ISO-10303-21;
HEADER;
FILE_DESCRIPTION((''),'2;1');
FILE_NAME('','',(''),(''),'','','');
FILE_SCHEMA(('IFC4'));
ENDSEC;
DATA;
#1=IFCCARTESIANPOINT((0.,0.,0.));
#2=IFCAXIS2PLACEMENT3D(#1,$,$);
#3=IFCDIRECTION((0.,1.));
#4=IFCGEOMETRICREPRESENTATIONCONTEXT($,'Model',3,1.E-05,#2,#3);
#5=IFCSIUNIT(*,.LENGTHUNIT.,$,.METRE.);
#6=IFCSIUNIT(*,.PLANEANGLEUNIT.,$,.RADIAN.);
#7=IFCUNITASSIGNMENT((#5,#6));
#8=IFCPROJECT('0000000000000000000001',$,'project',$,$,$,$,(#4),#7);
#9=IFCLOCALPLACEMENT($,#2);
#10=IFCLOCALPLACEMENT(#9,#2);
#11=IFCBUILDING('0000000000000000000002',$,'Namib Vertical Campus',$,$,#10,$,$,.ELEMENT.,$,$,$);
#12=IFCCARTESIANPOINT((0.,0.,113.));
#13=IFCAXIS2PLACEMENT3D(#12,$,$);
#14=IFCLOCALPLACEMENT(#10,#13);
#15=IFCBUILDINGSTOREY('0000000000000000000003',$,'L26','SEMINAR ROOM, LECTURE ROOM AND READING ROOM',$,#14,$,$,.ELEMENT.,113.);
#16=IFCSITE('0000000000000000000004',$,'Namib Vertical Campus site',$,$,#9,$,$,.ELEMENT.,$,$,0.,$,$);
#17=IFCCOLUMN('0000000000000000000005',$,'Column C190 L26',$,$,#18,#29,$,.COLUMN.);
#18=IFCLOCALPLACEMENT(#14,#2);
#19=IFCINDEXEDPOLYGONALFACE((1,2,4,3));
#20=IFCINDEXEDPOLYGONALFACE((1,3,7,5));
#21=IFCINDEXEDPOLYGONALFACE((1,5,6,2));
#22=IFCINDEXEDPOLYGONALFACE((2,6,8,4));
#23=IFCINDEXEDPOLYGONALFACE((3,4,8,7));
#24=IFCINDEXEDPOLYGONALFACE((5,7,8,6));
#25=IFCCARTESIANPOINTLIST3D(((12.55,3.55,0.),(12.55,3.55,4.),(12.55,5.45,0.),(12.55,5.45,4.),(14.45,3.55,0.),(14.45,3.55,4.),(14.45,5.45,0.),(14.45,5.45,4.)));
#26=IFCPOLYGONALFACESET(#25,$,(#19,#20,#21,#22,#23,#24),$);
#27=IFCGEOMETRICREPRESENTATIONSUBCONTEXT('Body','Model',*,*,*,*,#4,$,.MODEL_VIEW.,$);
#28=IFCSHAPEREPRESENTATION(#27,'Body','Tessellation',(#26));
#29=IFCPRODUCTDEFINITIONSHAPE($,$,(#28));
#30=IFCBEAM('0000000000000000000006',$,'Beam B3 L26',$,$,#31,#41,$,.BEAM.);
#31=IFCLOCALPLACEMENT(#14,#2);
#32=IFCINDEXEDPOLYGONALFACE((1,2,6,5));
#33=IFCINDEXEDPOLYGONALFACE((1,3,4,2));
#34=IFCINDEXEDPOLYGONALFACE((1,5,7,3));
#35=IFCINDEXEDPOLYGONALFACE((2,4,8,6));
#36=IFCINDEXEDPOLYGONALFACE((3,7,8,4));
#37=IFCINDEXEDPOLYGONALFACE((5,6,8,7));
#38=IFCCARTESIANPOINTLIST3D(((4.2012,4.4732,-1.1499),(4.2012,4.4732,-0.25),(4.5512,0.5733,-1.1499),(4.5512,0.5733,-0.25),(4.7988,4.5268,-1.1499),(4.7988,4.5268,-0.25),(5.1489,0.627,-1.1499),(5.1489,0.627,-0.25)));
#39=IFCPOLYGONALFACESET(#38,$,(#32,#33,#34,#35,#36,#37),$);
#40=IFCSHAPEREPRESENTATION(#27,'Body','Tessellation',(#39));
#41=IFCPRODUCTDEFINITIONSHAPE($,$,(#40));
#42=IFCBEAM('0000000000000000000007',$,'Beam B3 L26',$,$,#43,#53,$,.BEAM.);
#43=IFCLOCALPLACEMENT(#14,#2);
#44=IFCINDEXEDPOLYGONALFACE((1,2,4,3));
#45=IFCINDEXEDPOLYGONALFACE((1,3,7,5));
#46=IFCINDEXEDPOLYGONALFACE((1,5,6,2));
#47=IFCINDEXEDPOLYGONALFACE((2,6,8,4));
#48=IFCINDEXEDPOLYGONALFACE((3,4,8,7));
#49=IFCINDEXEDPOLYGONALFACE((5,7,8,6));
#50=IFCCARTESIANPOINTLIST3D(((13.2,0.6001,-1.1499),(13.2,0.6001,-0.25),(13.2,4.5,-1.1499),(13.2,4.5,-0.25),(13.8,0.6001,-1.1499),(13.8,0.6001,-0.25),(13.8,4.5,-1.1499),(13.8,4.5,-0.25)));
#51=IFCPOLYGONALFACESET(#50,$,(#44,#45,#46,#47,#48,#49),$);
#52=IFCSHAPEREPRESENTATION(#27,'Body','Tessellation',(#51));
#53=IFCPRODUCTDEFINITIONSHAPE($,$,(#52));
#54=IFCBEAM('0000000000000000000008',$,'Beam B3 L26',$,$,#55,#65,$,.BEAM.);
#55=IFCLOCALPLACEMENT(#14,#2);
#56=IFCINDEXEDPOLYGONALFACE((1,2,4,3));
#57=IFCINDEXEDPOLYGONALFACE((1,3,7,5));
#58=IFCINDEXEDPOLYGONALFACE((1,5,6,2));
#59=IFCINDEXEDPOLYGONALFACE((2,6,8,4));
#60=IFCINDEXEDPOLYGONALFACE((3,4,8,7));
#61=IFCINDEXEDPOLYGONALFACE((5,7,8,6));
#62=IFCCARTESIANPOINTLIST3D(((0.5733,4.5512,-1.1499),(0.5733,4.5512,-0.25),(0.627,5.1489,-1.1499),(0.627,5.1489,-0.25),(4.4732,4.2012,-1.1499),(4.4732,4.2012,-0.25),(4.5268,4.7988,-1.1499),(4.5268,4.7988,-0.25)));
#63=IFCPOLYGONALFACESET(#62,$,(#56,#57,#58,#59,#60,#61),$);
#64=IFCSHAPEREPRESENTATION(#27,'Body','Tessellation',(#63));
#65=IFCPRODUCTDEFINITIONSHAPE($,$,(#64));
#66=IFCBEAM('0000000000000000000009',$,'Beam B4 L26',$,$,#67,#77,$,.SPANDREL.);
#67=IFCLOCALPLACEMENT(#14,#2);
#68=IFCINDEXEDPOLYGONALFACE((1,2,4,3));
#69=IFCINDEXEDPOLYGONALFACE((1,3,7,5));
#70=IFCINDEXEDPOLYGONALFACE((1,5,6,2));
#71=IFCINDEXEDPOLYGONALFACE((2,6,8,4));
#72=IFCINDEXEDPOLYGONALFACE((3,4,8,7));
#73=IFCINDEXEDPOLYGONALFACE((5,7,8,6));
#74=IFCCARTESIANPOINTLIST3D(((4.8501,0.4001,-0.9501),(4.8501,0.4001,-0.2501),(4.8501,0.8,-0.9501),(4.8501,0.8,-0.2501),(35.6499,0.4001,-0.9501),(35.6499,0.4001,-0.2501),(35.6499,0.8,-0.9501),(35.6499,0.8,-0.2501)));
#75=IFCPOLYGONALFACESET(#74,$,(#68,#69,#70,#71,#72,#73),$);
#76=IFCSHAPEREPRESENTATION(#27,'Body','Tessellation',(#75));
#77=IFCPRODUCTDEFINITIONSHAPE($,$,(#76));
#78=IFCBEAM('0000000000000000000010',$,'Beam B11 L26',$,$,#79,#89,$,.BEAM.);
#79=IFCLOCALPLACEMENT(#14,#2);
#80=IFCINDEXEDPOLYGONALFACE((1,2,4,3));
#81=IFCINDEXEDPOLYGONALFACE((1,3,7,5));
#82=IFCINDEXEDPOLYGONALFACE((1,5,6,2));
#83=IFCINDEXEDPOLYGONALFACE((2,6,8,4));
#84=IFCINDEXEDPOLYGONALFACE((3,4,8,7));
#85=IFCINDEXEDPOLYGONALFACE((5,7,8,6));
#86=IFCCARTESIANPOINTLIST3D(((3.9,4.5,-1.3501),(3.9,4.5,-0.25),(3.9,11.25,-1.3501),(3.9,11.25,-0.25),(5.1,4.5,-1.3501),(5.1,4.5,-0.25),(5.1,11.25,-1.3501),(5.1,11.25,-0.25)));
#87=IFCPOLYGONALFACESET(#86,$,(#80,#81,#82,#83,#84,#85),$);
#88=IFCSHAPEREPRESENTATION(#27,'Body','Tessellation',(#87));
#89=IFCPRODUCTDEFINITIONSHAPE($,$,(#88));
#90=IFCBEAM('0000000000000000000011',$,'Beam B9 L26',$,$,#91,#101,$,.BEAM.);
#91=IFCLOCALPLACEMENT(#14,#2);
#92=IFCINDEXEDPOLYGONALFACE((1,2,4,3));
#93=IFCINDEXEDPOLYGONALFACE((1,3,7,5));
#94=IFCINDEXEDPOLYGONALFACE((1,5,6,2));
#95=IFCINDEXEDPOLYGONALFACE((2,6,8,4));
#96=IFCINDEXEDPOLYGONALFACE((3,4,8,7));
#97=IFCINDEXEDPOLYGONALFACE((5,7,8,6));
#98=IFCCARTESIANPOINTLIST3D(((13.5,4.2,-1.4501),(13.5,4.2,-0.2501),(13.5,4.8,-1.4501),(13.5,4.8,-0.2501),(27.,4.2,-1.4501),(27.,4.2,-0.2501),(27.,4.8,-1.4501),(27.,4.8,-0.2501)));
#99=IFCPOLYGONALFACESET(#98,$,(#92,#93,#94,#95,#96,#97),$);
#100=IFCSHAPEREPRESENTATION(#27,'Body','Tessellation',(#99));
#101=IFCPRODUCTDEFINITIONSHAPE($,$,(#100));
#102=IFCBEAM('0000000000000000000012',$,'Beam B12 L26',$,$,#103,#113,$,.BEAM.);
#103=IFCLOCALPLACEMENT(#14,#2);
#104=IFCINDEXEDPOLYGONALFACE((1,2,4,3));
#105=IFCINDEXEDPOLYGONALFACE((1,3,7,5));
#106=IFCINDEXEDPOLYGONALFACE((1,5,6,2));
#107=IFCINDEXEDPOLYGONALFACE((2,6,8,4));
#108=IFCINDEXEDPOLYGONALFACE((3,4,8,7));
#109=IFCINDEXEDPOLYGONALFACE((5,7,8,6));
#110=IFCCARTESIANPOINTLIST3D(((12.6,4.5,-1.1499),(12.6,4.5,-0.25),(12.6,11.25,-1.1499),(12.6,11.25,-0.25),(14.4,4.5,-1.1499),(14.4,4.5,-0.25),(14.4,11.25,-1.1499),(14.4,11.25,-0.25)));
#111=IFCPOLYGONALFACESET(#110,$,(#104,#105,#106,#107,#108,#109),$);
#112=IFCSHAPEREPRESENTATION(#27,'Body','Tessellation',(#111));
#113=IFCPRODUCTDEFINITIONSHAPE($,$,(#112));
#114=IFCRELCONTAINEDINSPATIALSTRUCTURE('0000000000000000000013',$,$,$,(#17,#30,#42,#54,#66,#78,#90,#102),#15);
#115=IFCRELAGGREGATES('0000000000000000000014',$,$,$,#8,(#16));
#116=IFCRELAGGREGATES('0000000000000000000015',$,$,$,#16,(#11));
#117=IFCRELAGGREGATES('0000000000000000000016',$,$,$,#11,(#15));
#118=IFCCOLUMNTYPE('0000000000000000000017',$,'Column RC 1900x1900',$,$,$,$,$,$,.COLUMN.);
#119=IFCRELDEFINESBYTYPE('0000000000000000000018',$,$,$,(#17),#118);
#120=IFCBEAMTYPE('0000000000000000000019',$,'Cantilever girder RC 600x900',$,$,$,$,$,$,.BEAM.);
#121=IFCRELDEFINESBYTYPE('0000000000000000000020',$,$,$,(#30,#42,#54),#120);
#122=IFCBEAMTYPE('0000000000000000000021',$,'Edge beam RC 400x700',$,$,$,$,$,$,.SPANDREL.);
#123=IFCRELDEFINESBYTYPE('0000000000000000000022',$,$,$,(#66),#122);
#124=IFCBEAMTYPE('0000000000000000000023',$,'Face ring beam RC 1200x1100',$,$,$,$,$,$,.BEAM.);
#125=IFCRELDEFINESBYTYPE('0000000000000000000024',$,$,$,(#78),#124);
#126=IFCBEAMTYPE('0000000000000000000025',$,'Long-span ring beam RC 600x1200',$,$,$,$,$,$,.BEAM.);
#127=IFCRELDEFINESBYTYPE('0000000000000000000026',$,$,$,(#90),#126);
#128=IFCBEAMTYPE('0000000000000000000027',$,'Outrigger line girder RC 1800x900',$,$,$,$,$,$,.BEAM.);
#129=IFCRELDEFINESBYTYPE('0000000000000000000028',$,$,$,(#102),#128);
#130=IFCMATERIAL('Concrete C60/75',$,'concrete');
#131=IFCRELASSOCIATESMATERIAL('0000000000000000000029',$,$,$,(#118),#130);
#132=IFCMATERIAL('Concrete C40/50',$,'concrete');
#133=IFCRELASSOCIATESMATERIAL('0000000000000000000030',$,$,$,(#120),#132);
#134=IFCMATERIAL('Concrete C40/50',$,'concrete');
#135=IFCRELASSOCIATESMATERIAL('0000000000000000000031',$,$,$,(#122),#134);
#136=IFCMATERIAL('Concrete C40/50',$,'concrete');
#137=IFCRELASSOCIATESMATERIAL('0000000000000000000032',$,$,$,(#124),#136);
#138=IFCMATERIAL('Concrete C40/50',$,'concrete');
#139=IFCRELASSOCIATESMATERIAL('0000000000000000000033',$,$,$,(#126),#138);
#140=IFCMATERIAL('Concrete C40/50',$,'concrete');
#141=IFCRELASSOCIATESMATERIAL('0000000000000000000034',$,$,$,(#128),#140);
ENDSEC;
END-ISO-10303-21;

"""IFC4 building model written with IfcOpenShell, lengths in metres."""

from ifc_helpers import new_model, si_unit, direction, frame, origin, origin_2d, place, context, subcontext, project, spatial, rectangle, extrude, material, material_profile, profile_set, type_object, element, save


model = new_model("IFC4")

# Units and contexts
model_context = context("Model", 3, precision=1e-05, world=origin(), true_north=direction((0.0, 1.0)))
body_context = subcontext(model_context, "Body", "Model", "MODEL_VIEW")
ifc_project = project(units=[si_unit("LENGTHUNIT", "METRE"), si_unit("PLANEANGLEUNIT", "RADIAN")], contexts=[model_context])

# Site, building, storey
site_placement = place(None, origin())
site = spatial("IfcSite", under=ifc_project, at=site_placement, Name="Namib Vertical Campus site", CompositionType="ELEMENT", RefElevation=0.0)
building_placement = place(site_placement, origin())
building = spatial("IfcBuilding", under=site, at=building_placement, Name="Namib Vertical Campus", CompositionType="ELEMENT")
storey_placement = place(building_placement, frame((0.0, 0.0, 113.0)))
storey = spatial("IfcBuildingStorey", under=building, at=storey_placement, Name="L26", Description="SEMINAR ROOM, LECTURE ROOM AND READING ROOM", CompositionType="ELEMENT", Elevation=113.0)

# Column
ifc_material_1 = material(Name="Concrete C60/75", Category="concrete")
ifc_material_profile_1 = material_profile(ifc_material_1, rectangle(XDim=1.8999, YDim=1.8999, at=origin_2d()))
ifc_profile_set_1 = profile_set([ifc_material_profile_1], Name="Concrete C60/75")
column_type = type_object("IfcColumnType", Name="Column RC 1900x1900", PredefinedType="COLUMN", material=ifc_profile_set_1)
column_placement = place(storey_placement, frame((13.5, 4.5, 0.0), z_axis=(0.0, 0.0, 1.0), x_axis=(1.0, 0.0, 0.0)))
element("IfcColumn", 1, at=column_placement, inside=storey, type_object=column_type, Name="Column C190 L26", PredefinedType="COLUMN", context=body_context, shape_type="SweptSolid", body=[
    extrude(rectangle(XDim=1.8999, YDim=1.8999, at=origin_2d()), origin(), (0.0, 0.0, 1.0), 4.0),
])

# Beams
ifc_material_2 = material(Name="Concrete C40/50", Category="concrete")
ifc_material_profile_2 = material_profile(ifc_material_2, rectangle(XDim=0.6001, YDim=0.8999, at=origin_2d()))
ifc_profile_set_2 = profile_set([ifc_material_profile_2], Name="Concrete C40/50")
beam_type_1 = type_object("IfcBeamType", Name="Cantilever girder RC 600x900", PredefinedType="BEAM", material=ifc_profile_set_2)
beam_1_placement = place(storey_placement, frame((4.5, 4.5, -0.7), z_axis=(0.089411, -0.995995, 0.0), x_axis=(0.995995, 0.089411, 0.0)))
element("IfcBeam", 2, at=beam_1_placement, inside=storey, type_object=beam_type_1, Name="Beam B3 L26", PredefinedType="BEAM", context=body_context, shape_type="SweptSolid", body=[
    extrude(rectangle(XDim=0.6001, YDim=0.8999, at=origin_2d()), origin(), (0.0, 0.0, 1.0), 3.9155),
])
beam_2_placement = place(storey_placement, frame((13.5, 4.5, -0.7), z_axis=(0.0, -1.0, 0.0), x_axis=(1.0, 0.0, 0.0)))
element("IfcBeam", 3, at=beam_2_placement, inside=storey, type_object=beam_type_1, Name="Beam B3 L26", PredefinedType="BEAM", context=body_context, shape_type="SweptSolid", body=[
    extrude(rectangle(XDim=0.6001, YDim=0.8999, at=origin_2d()), origin(), (0.0, 0.0, 1.0), 3.8999),
])
beam_3_placement = place(storey_placement, frame((4.5, 4.5, -0.7), z_axis=(-0.995995, 0.089411, 0.0), x_axis=(-0.089411, -0.995995, 0.0)))
element("IfcBeam", 4, at=beam_3_placement, inside=storey, type_object=beam_type_1, Name="Beam B3 L26", PredefinedType="BEAM", context=body_context, shape_type="SweptSolid", body=[
    extrude(rectangle(XDim=0.6001, YDim=0.8999, at=origin_2d()), origin(), (0.0, 0.0, 1.0), 3.9155),
])
ifc_material_3 = material(Name="Concrete C40/50", Category="concrete")
ifc_material_profile_3 = material_profile(ifc_material_3, rectangle(XDim=0.3999, YDim=0.7, at=origin_2d()))
ifc_profile_set_3 = profile_set([ifc_material_profile_3], Name="Concrete C40/50")
beam_type_2 = type_object("IfcBeamType", Name="Edge beam RC 400x700", PredefinedType="SPANDREL", material=ifc_profile_set_3)
beam_4_placement = place(storey_placement, frame((4.8501, 0.6001, -0.6001), z_axis=(1.0, 0.0, 0.0), x_axis=(0.0, 1.0, 0.0)))
element("IfcBeam", 5, at=beam_4_placement, inside=storey, type_object=beam_type_2, Name="Beam B4 L26", PredefinedType="SPANDREL", context=body_context, shape_type="SweptSolid", body=[
    extrude(rectangle(XDim=0.3999, YDim=0.7, at=origin_2d()), origin(), (0.0, 0.0, 1.0), 30.7998),
])
ifc_material_4 = material(Name="Concrete C40/50", Category="concrete")
ifc_material_profile_4 = material_profile(ifc_material_4, rectangle(XDim=1.2, YDim=1.1001, at=origin_2d()))
ifc_profile_set_4 = profile_set([ifc_material_profile_4], Name="Concrete C40/50")
beam_type_3 = type_object("IfcBeamType", Name="Face ring beam RC 1200x1100", PredefinedType="BEAM", material=ifc_profile_set_4)
beam_5_placement = place(storey_placement, frame((4.5, 4.5, -0.8), z_axis=(0.0, 1.0, 0.0), x_axis=(-1.0, 0.0, 0.0)))
element("IfcBeam", 6, at=beam_5_placement, inside=storey, type_object=beam_type_3, Name="Beam B11 L26", PredefinedType="BEAM", context=body_context, shape_type="SweptSolid", body=[
    extrude(rectangle(XDim=1.2, YDim=1.1001, at=origin_2d()), origin(), (0.0, 0.0, 1.0), 6.75),
])
ifc_material_5 = material(Name="Concrete C40/50", Category="concrete")
ifc_material_profile_5 = material_profile(ifc_material_5, rectangle(XDim=0.6001, YDim=1.2, at=origin_2d()))
ifc_profile_set_5 = profile_set([ifc_material_profile_5], Name="Concrete C40/50")
beam_type_4 = type_object("IfcBeamType", Name="Long-span ring beam RC 600x1200", PredefinedType="BEAM", material=ifc_profile_set_5)
beam_6_placement = place(storey_placement, frame((13.5, 4.5, -0.8501), z_axis=(1.0, 0.0, 0.0), x_axis=(0.0, 1.0, 0.0)))
element("IfcBeam", 7, at=beam_6_placement, inside=storey, type_object=beam_type_4, Name="Beam B9 L26", PredefinedType="BEAM", context=body_context, shape_type="SweptSolid", body=[
    extrude(rectangle(XDim=0.6001, YDim=1.2, at=origin_2d()), origin(), (0.0, 0.0, 1.0), 13.5),
])
ifc_material_6 = material(Name="Concrete C40/50", Category="concrete")
ifc_material_profile_6 = material_profile(ifc_material_6, rectangle(XDim=1.8, YDim=0.8999, at=origin_2d()))
ifc_profile_set_6 = profile_set([ifc_material_profile_6], Name="Concrete C40/50")
beam_type_5 = type_object("IfcBeamType", Name="Outrigger line girder RC 1800x900", PredefinedType="BEAM", material=ifc_profile_set_6)
beam_7_placement = place(storey_placement, frame((13.5, 4.5, -0.7), z_axis=(0.0, 1.0, 0.0), x_axis=(-1.0, 0.0, 0.0)))
element("IfcBeam", 8, at=beam_7_placement, inside=storey, type_object=beam_type_5, Name="Beam B12 L26", PredefinedType="BEAM", context=body_context, shape_type="SweptSolid", body=[
    extrude(rectangle(XDim=1.8, YDim=0.8999, at=origin_2d()), origin(), (0.0, 0.0, 1.0), 6.75),
])

save(model, "model.ifc")
